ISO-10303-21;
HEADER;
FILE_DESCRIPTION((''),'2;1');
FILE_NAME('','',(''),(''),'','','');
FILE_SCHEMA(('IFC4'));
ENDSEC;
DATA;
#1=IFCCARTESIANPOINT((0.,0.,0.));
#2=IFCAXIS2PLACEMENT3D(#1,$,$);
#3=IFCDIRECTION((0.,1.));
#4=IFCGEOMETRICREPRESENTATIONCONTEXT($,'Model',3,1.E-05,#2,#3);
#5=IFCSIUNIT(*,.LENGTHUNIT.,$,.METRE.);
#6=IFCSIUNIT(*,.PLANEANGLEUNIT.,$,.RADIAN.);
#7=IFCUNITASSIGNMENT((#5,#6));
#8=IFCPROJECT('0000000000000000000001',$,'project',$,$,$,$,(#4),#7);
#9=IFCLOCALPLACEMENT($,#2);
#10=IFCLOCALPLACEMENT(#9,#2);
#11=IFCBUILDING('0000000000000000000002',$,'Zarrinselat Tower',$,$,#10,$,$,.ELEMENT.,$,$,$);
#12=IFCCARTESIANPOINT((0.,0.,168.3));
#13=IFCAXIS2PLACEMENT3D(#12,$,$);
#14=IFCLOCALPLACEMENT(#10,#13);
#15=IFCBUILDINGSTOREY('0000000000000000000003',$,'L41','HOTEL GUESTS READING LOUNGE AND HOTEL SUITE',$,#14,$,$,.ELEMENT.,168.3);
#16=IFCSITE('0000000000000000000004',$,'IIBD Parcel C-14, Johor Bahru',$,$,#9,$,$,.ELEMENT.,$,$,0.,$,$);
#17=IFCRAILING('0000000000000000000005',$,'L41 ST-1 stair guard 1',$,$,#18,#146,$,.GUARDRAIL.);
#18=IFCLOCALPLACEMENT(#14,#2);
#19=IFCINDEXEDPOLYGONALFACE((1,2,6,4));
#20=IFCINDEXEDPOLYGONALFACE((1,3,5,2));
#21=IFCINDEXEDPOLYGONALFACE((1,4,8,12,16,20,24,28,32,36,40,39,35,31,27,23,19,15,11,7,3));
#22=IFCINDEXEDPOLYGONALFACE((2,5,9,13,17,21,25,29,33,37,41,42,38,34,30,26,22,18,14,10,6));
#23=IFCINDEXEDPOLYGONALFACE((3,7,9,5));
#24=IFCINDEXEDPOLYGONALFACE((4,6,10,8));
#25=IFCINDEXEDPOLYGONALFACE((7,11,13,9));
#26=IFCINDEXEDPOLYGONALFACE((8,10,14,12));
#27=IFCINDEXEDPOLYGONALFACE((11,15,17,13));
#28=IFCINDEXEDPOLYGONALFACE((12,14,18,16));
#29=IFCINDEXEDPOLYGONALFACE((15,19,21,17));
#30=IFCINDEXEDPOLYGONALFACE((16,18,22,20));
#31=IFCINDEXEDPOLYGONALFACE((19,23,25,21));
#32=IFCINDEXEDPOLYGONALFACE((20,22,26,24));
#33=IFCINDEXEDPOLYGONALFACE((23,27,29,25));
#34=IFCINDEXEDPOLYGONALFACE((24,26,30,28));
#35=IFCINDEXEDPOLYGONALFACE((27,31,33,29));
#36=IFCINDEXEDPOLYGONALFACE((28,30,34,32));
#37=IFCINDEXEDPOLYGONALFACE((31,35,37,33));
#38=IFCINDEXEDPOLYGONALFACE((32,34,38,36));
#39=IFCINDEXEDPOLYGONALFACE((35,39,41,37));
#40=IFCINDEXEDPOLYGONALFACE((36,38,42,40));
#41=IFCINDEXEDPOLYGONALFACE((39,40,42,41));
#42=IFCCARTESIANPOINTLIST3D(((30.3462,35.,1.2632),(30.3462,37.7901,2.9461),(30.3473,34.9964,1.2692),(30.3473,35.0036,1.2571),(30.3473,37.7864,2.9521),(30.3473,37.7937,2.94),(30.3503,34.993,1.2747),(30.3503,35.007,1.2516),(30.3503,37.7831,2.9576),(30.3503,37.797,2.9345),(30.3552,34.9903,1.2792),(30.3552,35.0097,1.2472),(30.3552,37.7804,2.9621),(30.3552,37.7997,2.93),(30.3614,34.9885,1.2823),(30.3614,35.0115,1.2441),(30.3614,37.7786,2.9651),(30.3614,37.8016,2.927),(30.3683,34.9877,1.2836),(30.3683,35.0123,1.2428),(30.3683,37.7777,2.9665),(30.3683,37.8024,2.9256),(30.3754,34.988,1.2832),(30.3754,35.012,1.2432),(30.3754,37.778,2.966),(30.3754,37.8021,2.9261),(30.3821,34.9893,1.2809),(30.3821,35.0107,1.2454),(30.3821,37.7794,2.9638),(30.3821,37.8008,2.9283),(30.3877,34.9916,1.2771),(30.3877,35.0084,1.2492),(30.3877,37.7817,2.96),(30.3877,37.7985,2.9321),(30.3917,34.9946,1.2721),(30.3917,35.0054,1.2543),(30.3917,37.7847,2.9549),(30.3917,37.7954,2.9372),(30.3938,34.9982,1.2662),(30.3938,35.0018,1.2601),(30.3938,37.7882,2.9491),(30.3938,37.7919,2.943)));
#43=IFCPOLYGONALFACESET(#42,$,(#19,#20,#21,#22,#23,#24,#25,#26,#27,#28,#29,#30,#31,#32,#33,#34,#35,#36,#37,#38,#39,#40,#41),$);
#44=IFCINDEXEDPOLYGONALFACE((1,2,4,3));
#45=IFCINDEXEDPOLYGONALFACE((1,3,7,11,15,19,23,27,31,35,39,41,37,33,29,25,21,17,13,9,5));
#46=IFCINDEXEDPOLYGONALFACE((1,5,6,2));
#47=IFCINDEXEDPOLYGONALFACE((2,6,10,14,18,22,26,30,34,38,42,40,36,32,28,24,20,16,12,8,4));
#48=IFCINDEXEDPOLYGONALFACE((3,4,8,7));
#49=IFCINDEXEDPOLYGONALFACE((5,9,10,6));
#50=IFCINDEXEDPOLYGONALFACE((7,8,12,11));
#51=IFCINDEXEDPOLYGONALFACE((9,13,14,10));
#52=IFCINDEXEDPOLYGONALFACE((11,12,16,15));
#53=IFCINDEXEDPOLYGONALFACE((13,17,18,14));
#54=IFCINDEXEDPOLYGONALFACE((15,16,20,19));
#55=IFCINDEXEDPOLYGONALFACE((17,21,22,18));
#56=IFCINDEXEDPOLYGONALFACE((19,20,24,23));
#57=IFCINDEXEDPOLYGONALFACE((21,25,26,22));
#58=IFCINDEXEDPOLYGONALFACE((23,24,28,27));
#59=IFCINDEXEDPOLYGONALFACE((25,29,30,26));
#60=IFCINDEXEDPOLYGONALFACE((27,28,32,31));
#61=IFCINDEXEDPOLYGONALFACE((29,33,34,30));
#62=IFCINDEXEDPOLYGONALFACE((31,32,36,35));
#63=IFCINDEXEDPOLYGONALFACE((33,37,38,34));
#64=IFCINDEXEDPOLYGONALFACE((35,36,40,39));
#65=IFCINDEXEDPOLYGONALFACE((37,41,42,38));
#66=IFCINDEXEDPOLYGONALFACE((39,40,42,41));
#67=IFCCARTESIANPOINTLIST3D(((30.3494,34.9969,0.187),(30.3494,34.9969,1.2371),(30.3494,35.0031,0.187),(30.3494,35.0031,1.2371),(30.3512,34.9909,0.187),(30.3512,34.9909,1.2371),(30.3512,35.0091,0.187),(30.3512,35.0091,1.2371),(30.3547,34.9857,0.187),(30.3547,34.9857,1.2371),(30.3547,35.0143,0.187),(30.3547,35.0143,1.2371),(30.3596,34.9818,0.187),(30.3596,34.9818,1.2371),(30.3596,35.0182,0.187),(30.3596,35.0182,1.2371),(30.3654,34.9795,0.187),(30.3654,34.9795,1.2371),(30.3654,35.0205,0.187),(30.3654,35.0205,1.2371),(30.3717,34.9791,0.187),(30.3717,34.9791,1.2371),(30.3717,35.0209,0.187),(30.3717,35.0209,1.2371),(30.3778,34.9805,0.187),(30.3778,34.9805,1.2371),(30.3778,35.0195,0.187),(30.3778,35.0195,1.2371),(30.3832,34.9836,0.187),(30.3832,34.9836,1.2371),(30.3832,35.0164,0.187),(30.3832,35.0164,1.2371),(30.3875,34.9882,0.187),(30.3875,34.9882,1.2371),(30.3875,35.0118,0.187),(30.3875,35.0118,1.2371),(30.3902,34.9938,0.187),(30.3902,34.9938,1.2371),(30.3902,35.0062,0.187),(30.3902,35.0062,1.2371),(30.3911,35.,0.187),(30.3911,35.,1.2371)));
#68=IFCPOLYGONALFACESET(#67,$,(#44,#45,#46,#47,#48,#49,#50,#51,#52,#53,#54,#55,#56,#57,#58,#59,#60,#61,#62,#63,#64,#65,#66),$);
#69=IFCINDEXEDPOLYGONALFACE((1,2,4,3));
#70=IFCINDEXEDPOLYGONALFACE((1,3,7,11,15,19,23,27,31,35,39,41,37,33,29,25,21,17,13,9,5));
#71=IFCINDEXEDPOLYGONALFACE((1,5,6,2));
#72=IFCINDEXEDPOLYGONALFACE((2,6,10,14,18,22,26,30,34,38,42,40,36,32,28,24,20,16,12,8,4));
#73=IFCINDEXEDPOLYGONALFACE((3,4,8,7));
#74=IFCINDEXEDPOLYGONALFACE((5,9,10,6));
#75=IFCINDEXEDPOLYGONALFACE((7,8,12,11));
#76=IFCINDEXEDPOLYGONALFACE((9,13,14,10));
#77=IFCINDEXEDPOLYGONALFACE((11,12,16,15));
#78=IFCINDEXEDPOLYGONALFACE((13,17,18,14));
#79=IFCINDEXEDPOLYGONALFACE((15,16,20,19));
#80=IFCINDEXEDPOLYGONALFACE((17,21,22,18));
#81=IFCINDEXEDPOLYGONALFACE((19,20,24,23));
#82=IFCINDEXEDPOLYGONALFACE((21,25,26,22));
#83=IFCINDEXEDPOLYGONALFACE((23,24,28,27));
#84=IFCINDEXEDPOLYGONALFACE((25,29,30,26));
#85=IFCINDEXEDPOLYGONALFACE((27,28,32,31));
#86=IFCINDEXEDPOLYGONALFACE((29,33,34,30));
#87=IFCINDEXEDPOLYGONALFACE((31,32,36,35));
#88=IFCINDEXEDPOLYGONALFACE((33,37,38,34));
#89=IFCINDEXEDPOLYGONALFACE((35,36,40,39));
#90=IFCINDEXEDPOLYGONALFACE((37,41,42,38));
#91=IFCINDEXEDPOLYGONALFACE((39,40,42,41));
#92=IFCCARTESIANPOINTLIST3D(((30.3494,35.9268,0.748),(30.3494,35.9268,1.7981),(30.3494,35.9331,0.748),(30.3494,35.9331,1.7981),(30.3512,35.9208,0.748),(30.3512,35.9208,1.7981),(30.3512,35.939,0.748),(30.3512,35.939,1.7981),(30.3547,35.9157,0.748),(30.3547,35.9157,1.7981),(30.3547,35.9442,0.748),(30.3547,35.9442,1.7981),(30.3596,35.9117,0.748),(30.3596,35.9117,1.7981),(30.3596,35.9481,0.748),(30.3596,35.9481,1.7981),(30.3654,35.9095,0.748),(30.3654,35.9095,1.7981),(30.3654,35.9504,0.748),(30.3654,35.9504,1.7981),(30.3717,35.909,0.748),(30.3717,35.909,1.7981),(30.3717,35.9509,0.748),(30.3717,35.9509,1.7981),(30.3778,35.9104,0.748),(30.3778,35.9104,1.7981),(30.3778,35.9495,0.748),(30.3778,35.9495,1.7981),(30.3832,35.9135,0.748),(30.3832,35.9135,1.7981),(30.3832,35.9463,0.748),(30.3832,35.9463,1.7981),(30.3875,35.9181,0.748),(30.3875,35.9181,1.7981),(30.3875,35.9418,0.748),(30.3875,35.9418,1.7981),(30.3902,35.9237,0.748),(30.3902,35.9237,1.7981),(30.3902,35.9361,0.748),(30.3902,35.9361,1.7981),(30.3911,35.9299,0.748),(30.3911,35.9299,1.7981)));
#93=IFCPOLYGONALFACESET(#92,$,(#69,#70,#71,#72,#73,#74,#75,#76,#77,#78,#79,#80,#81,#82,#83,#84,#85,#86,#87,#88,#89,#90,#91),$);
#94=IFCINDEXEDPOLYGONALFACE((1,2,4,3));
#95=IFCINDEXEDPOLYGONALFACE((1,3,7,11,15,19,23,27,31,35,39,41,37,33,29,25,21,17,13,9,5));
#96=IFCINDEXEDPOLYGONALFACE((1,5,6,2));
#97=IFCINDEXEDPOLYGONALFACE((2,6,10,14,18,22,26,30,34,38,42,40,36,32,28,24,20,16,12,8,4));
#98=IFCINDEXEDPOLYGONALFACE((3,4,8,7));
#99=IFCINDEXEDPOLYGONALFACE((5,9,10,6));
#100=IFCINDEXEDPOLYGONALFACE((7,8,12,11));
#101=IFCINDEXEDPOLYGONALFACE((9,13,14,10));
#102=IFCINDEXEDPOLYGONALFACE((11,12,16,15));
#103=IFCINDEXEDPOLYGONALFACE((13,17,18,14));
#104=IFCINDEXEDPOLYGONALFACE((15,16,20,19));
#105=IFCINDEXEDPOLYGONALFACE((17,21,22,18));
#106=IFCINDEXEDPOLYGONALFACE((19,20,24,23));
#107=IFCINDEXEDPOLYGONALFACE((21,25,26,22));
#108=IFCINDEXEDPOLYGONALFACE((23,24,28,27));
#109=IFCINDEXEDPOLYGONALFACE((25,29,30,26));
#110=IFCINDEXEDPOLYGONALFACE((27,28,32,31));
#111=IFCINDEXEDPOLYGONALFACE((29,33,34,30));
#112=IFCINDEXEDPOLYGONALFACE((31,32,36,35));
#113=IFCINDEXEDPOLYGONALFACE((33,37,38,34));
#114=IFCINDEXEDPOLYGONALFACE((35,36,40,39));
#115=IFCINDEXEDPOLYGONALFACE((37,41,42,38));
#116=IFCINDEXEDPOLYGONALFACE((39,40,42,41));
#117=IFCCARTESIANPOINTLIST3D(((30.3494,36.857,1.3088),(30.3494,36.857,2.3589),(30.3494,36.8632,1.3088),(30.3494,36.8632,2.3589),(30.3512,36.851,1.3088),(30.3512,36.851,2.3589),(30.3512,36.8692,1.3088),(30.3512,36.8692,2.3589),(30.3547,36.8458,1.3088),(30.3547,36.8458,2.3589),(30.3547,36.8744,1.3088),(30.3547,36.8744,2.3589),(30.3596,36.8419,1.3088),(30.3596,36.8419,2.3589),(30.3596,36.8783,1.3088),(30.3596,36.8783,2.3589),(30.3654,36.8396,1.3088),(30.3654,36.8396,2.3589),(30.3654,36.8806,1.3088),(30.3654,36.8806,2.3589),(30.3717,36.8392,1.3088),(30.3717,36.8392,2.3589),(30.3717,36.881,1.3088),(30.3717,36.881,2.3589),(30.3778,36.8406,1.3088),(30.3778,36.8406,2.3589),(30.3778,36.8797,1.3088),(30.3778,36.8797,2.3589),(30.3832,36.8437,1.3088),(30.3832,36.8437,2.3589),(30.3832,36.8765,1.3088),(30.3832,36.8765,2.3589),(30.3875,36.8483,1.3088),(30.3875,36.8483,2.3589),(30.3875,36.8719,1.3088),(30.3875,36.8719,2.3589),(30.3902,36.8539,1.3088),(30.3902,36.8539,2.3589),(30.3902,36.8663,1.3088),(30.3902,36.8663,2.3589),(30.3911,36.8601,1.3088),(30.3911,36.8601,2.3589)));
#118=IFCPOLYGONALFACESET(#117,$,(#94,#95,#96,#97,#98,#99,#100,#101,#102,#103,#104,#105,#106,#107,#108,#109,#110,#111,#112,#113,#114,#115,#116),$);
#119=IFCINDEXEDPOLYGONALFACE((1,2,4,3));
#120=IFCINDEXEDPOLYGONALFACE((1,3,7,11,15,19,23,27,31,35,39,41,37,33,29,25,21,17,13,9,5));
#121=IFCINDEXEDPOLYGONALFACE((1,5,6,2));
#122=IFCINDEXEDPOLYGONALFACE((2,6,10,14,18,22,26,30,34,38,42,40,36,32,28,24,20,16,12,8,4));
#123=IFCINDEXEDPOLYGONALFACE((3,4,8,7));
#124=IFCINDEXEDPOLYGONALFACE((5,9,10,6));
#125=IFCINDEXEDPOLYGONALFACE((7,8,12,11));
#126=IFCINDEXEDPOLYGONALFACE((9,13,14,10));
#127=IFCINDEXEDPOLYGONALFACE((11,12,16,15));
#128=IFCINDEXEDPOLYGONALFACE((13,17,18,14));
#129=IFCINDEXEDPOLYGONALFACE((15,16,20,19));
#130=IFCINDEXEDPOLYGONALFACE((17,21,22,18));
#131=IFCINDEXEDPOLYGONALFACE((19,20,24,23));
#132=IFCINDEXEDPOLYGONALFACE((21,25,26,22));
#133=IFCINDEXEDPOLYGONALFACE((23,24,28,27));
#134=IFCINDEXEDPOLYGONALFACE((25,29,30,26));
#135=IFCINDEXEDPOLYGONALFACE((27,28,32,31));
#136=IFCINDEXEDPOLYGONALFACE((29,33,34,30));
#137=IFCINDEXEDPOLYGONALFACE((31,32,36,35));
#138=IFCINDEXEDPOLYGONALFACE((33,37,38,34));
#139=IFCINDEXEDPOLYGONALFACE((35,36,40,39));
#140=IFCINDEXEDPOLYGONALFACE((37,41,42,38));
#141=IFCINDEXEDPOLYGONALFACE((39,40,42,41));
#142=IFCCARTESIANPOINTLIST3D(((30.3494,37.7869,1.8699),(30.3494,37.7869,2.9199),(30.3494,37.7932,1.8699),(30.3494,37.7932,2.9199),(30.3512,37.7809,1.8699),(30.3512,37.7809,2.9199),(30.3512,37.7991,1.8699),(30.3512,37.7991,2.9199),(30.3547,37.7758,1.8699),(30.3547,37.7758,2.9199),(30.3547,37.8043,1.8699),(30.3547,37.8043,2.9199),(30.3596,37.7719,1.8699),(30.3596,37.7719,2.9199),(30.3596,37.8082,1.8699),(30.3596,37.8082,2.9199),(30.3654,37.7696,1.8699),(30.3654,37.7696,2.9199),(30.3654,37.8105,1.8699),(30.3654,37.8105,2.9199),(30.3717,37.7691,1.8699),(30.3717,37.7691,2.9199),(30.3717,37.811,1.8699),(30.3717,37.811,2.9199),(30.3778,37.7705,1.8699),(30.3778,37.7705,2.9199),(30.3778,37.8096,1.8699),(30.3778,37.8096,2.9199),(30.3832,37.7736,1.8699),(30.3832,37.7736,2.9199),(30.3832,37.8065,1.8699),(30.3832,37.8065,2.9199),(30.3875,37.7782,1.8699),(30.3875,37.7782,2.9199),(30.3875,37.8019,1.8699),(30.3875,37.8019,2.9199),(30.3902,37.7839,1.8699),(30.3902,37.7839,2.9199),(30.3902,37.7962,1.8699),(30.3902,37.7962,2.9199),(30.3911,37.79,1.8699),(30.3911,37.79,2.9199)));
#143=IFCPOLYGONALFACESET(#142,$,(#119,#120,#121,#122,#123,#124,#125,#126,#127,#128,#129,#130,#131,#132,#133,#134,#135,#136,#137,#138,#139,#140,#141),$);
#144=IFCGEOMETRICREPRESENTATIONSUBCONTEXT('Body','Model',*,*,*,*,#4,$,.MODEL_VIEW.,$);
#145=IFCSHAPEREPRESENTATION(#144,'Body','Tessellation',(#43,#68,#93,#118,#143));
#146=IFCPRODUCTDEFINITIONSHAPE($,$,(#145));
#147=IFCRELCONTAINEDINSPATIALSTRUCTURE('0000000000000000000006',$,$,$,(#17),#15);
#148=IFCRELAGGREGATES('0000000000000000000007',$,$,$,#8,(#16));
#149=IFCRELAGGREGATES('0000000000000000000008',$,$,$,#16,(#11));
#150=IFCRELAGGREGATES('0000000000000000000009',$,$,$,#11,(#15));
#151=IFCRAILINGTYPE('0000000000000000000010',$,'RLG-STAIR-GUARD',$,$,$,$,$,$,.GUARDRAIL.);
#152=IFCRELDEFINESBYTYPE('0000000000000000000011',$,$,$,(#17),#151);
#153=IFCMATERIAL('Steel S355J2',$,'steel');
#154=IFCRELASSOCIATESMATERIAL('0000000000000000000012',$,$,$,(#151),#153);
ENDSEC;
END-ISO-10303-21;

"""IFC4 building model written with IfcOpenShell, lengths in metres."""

from ifc_helpers import new_model, si_unit, direction, frame, origin, origin_2d, place, context, subcontext, project, spatial, circle, extrude, material, type_object, element, save


model = new_model("IFC4")

# Units and contexts
model_context = context("Model", 3, precision=1e-05, world=origin(), true_north=direction((0.0, 1.0)))
body_context = subcontext(model_context, "Body", "Model", "MODEL_VIEW")
ifc_project = project(units=[si_unit("LENGTHUNIT", "METRE"), si_unit("PLANEANGLEUNIT", "RADIAN")], contexts=[model_context])

# Site, building, storey
site_placement = place(None, origin())
site = spatial("IfcSite", under=ifc_project, at=site_placement, Name="IIBD Parcel C-14, Johor Bahru", CompositionType="ELEMENT", RefElevation=0.0)
building_placement = place(site_placement, origin())
building = spatial("IfcBuilding", under=site, at=building_placement, Name="Zarrinselat Tower", CompositionType="ELEMENT")
storey_placement = place(building_placement, frame((0.0, 0.0, 168.3)))
storey = spatial("IfcBuildingStorey", under=building, at=storey_placement, Name="L41", Description="HOTEL GUESTS READING LOUNGE AND HOTEL SUITE", CompositionType="ELEMENT", Elevation=168.3)

# Railing
ifc_material_1 = material(Name="Steel S355J2", Category="steel")
railing_type_1 = type_object("IfcRailingType", Name="RLG-STAIR-GUARD", PredefinedType="GUARDRAIL", material=ifc_material_1)
railing_1_placement = place(storey_placement, frame((30.3701, 35.0, 0.187)))
element("IfcRailing", 1, at=railing_1_placement, inside=storey, type_object=railing_type_1, Name="L41 ST-1 stair guard 1", PredefinedType="GUARDRAIL", context=body_context, shape_type="SweptSolid", body=[
    extrude(circle(Radius=0.0239, at=origin_2d()), frame((0.0, 0.0, 1.0762), z_axis=(0.0, 0.856294, 0.516489), x_axis=(-1.0, 0.0, 0.0)), (0.0, 0.0, 1.0), 3.2583),
    extrude(circle(Radius=0.021, at=origin_2d()), origin(), (0.0, 0.0, 1.0), 1.05),
    extrude(circle(Radius=0.021, at=origin_2d()), frame((0.0, 0.9299, 0.561)), (0.0, 0.0, 1.0), 1.05),
    extrude(circle(Radius=0.021, at=origin_2d()), frame((0.0, 1.8601, 1.1218)), (0.0, 0.0, 1.0), 1.05),
    extrude(circle(Radius=0.021, at=origin_2d()), frame((0.0, 2.79, 1.6829)), (0.0, 0.0, 1.0), 1.05),
])

save(model, "model.ifc")
